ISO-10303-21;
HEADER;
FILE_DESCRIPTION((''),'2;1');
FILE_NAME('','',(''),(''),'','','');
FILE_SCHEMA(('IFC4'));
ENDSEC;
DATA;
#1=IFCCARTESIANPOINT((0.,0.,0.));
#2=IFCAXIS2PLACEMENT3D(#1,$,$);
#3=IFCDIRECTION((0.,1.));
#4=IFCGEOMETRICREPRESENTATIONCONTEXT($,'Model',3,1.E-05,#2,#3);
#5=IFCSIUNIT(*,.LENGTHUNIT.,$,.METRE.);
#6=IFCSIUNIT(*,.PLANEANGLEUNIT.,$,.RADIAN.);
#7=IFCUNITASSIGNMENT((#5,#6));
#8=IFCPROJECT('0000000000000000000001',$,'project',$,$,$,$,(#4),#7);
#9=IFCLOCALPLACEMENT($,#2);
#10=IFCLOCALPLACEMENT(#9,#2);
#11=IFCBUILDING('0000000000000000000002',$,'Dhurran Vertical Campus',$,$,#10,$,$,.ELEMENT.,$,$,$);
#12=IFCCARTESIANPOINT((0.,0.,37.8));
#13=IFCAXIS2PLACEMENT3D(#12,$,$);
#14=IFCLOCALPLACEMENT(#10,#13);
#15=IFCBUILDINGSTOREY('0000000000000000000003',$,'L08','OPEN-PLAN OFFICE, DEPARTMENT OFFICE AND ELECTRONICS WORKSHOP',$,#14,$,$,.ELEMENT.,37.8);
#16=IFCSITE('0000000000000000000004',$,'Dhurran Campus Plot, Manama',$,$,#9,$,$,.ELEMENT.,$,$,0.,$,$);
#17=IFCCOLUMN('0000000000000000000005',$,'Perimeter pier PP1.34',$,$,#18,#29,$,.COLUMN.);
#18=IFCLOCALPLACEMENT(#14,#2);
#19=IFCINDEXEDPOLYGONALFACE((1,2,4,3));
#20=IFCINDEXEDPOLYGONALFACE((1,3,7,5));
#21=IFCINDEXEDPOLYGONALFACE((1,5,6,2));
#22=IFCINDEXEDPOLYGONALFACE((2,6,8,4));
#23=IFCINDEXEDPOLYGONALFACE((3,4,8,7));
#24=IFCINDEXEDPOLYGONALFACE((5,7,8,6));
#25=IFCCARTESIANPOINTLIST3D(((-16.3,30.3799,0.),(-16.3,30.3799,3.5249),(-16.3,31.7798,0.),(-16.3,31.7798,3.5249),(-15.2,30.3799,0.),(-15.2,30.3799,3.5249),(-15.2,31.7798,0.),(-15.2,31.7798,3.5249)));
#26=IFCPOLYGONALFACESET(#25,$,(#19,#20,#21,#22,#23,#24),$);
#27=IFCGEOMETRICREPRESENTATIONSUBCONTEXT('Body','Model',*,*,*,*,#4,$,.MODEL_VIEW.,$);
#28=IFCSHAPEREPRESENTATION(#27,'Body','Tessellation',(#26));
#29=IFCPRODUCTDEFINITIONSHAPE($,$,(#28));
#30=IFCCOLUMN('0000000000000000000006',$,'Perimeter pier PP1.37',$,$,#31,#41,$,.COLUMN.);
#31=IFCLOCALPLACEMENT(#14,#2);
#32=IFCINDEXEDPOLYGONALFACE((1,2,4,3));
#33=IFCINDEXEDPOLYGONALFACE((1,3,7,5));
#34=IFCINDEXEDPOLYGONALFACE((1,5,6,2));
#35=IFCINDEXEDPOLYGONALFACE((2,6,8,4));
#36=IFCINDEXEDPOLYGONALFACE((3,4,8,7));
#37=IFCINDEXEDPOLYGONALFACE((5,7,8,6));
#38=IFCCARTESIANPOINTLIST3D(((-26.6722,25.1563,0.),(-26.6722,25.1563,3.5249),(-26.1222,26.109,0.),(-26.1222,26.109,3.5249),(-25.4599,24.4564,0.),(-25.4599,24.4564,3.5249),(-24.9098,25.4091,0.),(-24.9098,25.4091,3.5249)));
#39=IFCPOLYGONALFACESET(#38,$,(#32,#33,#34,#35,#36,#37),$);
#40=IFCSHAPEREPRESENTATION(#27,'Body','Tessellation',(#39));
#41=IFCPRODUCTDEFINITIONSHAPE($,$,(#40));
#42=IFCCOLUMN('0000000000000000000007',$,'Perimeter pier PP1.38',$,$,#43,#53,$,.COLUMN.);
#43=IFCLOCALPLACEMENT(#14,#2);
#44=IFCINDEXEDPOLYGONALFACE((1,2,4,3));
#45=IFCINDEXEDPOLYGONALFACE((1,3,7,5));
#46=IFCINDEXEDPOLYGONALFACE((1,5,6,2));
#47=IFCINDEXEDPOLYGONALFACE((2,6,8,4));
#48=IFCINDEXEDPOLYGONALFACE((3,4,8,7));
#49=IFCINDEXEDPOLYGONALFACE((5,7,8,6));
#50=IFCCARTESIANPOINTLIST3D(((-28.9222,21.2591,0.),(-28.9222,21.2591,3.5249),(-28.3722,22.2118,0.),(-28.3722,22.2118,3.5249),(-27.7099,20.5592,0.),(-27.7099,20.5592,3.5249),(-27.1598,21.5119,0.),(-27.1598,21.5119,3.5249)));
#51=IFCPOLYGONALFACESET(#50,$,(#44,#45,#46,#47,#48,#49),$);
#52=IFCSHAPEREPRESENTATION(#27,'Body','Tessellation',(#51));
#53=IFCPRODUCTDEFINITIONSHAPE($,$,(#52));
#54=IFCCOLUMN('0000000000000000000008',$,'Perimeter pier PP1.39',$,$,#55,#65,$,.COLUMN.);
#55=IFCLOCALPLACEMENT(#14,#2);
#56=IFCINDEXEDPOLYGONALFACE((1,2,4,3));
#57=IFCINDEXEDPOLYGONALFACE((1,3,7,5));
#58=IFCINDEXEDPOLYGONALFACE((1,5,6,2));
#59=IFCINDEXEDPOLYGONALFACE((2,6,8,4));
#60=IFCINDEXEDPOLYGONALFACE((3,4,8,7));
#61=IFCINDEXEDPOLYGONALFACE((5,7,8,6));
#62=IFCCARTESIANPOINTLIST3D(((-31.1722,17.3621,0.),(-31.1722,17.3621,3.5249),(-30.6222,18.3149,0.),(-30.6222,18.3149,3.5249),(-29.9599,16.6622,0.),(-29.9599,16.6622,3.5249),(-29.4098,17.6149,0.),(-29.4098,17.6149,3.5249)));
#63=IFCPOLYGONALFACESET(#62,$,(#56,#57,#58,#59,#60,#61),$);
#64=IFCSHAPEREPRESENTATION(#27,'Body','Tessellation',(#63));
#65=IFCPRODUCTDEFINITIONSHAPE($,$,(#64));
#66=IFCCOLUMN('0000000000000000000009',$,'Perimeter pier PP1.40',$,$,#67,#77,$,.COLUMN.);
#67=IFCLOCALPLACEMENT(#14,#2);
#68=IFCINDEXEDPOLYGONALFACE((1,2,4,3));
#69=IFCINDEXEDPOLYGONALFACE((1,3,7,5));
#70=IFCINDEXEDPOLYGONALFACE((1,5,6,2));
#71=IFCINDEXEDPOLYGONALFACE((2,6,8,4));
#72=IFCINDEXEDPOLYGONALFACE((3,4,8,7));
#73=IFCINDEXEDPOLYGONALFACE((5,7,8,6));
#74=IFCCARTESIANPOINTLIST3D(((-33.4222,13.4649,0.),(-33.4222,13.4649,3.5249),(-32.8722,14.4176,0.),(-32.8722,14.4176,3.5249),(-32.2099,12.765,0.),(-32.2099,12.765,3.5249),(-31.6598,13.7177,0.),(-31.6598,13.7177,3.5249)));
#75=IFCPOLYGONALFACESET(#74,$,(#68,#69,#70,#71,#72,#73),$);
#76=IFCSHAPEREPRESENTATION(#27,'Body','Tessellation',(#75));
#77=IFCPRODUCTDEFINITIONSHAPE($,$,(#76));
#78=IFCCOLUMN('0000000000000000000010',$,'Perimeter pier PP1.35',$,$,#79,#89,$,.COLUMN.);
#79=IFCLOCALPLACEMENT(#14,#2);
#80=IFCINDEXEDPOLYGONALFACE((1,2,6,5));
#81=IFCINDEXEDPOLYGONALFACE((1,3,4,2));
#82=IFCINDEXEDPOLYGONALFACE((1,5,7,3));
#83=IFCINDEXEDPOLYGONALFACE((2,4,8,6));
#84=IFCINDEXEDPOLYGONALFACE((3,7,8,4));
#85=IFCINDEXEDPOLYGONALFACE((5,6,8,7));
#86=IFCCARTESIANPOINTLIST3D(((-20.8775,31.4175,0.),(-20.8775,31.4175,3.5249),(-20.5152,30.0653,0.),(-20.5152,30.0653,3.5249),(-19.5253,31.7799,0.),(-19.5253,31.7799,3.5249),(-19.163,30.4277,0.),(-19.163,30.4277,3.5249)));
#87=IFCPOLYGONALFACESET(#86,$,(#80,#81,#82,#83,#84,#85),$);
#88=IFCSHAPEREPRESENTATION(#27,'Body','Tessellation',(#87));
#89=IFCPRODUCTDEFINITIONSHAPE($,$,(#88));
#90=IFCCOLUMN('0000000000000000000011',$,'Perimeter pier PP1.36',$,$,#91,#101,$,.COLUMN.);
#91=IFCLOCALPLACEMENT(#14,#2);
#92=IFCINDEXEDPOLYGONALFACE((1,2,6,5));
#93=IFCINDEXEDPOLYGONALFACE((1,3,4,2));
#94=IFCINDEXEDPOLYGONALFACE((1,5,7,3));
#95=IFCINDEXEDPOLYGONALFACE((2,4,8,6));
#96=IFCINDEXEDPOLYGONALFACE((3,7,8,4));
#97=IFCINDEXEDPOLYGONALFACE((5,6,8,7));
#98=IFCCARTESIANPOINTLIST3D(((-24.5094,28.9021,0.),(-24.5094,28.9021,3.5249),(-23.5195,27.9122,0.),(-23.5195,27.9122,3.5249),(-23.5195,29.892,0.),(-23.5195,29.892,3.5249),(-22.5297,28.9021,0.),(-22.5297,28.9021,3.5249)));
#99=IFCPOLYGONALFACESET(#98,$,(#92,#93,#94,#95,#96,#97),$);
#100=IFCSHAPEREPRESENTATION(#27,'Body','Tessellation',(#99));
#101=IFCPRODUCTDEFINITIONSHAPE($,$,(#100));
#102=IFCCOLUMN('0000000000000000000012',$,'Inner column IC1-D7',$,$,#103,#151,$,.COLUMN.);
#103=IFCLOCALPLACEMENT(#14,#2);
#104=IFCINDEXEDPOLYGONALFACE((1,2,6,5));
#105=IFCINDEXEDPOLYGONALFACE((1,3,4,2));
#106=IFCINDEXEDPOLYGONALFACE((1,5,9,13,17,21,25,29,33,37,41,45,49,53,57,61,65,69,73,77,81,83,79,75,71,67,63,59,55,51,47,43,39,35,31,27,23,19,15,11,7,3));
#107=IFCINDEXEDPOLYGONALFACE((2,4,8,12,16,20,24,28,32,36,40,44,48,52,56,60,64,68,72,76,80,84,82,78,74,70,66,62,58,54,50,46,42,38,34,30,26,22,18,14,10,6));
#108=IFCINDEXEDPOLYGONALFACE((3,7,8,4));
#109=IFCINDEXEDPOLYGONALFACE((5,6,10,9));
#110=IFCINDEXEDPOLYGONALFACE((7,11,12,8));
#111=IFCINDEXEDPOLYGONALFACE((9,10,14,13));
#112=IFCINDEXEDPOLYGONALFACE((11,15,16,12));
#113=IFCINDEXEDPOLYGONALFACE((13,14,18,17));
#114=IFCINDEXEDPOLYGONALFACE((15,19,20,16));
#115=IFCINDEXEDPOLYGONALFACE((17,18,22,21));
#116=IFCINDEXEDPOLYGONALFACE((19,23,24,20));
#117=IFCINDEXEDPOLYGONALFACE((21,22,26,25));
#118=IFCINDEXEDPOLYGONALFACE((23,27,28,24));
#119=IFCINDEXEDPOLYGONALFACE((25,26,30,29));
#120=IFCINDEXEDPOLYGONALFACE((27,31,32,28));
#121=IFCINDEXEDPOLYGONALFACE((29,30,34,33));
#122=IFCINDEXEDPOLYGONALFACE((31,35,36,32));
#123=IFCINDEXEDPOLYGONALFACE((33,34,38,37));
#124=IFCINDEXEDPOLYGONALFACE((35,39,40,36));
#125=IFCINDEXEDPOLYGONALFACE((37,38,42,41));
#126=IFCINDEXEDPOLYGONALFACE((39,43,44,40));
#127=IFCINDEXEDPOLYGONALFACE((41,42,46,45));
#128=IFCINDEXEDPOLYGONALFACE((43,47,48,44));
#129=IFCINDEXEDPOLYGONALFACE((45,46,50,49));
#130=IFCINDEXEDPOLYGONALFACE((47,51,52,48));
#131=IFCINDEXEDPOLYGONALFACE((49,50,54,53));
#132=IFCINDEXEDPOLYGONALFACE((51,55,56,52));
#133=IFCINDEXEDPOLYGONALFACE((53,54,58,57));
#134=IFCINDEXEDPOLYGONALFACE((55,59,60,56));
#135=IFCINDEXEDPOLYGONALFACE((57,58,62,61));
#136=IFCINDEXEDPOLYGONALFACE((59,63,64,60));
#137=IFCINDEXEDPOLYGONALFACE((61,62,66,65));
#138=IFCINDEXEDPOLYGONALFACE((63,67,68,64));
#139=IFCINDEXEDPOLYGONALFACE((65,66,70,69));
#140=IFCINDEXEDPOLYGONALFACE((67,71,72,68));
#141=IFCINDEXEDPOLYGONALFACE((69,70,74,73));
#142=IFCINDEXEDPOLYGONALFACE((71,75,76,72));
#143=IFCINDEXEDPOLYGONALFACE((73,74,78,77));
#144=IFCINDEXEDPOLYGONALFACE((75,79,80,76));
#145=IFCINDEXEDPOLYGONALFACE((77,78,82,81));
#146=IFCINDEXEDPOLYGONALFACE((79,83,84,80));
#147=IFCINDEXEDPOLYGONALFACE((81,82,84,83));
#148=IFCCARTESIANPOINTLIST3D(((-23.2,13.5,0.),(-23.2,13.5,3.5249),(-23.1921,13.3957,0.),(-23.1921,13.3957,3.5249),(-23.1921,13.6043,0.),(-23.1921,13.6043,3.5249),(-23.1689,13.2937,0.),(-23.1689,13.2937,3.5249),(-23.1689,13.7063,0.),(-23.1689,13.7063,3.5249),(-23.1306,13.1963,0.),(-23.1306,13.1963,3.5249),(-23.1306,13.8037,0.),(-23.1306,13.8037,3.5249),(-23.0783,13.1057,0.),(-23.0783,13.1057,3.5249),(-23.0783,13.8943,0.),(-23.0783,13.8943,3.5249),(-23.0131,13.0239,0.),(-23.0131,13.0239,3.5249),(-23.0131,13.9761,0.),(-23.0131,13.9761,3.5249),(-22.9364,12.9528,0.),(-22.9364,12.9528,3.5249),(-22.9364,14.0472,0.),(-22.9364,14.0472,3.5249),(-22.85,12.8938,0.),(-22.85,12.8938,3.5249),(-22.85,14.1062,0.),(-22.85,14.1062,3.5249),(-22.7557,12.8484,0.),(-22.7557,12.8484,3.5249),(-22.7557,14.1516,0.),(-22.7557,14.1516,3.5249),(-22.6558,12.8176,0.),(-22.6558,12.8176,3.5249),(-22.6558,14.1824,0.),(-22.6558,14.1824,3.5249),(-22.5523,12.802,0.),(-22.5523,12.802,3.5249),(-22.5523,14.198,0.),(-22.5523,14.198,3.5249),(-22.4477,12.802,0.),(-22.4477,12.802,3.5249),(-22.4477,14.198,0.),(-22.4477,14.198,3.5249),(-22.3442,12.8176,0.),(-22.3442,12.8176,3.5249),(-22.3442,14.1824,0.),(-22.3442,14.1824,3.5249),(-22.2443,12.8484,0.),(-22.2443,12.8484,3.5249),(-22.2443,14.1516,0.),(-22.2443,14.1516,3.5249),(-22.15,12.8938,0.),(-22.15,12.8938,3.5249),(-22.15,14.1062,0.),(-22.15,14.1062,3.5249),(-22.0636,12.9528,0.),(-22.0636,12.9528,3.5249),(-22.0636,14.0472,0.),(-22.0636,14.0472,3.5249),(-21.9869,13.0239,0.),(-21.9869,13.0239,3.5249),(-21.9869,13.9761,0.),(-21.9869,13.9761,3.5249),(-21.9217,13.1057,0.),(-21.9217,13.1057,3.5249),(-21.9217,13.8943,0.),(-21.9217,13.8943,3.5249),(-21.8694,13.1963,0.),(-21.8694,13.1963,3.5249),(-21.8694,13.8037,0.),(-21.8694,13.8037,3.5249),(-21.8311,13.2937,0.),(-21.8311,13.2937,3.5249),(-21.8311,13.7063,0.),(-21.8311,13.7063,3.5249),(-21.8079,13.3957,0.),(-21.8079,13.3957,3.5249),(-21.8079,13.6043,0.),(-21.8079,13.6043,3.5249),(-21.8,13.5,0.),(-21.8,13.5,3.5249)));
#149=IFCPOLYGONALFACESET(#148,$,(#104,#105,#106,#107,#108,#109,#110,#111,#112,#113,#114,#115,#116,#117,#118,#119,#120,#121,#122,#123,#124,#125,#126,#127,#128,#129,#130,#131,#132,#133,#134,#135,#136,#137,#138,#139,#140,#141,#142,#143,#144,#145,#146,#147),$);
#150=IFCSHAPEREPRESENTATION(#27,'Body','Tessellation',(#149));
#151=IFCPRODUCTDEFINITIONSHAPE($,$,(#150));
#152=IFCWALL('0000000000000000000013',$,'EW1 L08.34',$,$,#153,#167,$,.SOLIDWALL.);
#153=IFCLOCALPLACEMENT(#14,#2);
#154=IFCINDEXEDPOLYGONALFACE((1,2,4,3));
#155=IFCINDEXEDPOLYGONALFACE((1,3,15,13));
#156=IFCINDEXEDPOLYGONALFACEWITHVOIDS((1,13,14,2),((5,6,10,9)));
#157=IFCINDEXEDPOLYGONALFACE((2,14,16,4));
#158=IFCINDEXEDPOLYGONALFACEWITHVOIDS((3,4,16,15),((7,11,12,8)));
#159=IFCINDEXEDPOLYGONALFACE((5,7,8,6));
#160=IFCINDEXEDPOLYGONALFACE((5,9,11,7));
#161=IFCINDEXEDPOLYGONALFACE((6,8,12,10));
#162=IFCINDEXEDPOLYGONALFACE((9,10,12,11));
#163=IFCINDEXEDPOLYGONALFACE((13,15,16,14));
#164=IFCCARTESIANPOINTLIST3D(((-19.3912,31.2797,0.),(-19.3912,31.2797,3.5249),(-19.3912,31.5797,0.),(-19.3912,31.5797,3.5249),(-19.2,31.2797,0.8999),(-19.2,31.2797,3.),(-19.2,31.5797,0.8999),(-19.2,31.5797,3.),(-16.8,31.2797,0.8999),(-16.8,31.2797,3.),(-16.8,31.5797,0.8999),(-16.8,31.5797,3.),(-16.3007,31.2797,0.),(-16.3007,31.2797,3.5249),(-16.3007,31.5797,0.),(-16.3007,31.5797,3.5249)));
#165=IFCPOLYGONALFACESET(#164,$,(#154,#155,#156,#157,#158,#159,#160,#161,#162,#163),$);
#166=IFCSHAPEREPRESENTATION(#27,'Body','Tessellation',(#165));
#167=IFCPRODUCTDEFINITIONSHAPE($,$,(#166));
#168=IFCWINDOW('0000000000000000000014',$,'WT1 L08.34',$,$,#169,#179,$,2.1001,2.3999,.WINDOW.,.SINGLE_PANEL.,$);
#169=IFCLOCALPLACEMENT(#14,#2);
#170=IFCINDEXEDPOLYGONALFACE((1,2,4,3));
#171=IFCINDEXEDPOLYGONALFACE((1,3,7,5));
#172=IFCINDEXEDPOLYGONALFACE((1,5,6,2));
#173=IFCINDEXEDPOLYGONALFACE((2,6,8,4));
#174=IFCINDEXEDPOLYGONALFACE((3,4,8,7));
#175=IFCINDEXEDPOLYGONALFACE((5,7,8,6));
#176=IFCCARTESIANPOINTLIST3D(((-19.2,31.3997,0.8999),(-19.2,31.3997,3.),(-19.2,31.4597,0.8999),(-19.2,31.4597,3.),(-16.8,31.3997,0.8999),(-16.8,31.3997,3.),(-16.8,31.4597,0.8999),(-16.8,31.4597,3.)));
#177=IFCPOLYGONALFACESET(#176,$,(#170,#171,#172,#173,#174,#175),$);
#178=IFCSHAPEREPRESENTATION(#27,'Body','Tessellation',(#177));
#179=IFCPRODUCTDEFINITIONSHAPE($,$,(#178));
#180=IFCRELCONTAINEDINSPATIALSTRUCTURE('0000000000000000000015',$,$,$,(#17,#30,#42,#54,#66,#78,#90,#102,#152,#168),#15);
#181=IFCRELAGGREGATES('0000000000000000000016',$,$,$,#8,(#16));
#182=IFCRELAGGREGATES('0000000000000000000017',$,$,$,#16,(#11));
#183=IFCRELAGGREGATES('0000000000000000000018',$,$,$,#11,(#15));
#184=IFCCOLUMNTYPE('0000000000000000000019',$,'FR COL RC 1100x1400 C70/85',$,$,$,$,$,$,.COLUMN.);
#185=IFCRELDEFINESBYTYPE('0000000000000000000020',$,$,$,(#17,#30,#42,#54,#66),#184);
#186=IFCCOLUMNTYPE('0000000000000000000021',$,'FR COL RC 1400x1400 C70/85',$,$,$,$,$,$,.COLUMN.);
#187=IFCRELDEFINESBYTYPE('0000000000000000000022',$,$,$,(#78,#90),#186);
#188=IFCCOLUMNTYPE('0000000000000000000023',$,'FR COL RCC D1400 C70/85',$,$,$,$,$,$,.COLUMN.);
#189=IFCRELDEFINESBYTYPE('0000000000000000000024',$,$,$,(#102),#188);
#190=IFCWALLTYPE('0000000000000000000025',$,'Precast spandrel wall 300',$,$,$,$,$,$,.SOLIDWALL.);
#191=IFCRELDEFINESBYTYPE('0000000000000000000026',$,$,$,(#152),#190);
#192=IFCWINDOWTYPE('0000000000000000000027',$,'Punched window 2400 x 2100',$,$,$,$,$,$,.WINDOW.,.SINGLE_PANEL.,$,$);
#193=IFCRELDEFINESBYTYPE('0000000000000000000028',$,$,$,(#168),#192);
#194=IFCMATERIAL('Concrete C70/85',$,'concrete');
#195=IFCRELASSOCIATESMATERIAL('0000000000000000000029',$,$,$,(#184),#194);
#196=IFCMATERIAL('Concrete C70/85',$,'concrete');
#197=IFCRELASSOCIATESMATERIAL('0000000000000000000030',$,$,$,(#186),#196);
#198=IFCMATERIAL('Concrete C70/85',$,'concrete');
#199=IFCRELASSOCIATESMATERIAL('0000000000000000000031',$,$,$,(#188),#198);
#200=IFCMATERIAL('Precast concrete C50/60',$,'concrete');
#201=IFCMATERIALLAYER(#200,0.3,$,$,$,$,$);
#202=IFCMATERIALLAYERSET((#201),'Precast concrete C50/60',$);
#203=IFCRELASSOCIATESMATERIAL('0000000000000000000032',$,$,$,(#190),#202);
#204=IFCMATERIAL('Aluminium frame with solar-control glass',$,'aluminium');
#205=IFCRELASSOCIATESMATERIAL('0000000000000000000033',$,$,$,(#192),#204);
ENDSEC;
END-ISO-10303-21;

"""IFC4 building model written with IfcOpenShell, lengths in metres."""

from ifc_helpers import new_model, si_unit, direction, frame, frame_2d, origin, origin_2d, place, context, subcontext, project, spatial, rectangle, circle, extrude, material, layer, layer_set, material_profile, profile_set, type_object, element, fill, save


model = new_model("IFC4")

# Units and contexts
model_context = context("Model", 3, precision=1e-05, world=origin(), true_north=direction((0.0, 1.0)))
body_context = subcontext(model_context, "Body", "Model", "MODEL_VIEW")
ifc_project = project(units=[si_unit("LENGTHUNIT", "METRE"), si_unit("PLANEANGLEUNIT", "RADIAN")], contexts=[model_context])

# Site, building, storey
site_placement = place(None, origin())
site = spatial("IfcSite", under=ifc_project, at=site_placement, Name="Dhurran Campus Plot, Manama", CompositionType="ELEMENT", RefElevation=0.0)
building_placement = place(site_placement, origin())
building = spatial("IfcBuilding", under=site, at=building_placement, Name="Dhurran Vertical Campus", CompositionType="ELEMENT")
storey_placement = place(building_placement, frame((0.0, 0.0, 37.8)))
storey = spatial("IfcBuildingStorey", under=building, at=storey_placement, Name="L08", Description="OPEN-PLAN OFFICE, DEPARTMENT OFFICE AND ELECTRONICS WORKSHOP", CompositionType="ELEMENT", Elevation=37.8)

# Columns
ifc_material_1 = material(Name="Concrete C70/85", Category="concrete")
ifc_material_profile_1 = material_profile(ifc_material_1, rectangle(XDim=1.1001, YDim=1.3999, at=origin_2d()), Name="RC 1100x1400")
ifc_profile_set_1 = profile_set([ifc_material_profile_1], Name="Concrete C70/85")
column_type_1 = type_object("IfcColumnType", Name="FR COL RC 1100x1400 C70/85", PredefinedType="COLUMN", material=ifc_profile_set_1)
for number, where, z_axis, x_axis, name in (
    (1, (-15.75, 31.0798, 0.0), (0.0, 0.0, 1.0), (-1.0, 0.0, 0.0), "Perimeter pier PP1.34"),
    (2, (-25.791, 25.2827, 0.0), (0.0, 0.0, 1.0), (-0.5, -0.866025, 0.0), "Perimeter pier PP1.37"),
    (3, (-28.041, 21.3855, 0.0), (0.0, 0.0, 1.0), (-0.5, -0.866025, 0.0), "Perimeter pier PP1.38"),
    (4, (-30.291, 17.4885, 0.0), (0.0, 0.0, 1.0), (-0.5, -0.866025, 0.0), "Perimeter pier PP1.39"),
    (5, (-32.541, 13.5913, 0.0), (0.0, 0.0, 1.0), (-0.5, -0.866025, 0.0), "Perimeter pier PP1.40"),
):
    element("IfcColumn", number, at=place(storey_placement, frame(where, z_axis=z_axis, x_axis=x_axis)), inside=storey, type_object=column_type_1, Name=name, PredefinedType="COLUMN", context=body_context, shape_type="SweptSolid", body=[
        extrude(rectangle(XDim=1.1001, YDim=1.3999, at=origin_2d()), origin(), (0.0, 0.0, 1.0), 3.5249),
    ])
ifc_material_2 = material(Name="Concrete C70/85", Category="concrete")
ifc_material_profile_2 = material_profile(ifc_material_2, rectangle(XDim=1.3999, YDim=1.3999, at=origin_2d()), Name="RC 1400x1400")
ifc_profile_set_2 = profile_set([ifc_material_profile_2], Name="Concrete C70/85")
column_type_2 = type_object("IfcColumnType", Name="FR COL RC 1400x1400 C70/85", PredefinedType="COLUMN", material=ifc_profile_set_2)
for number, where, z_axis, x_axis, name in (
    (6, (-20.0203, 30.9226, 0.0), (0.0, 0.0, 1.0), (-0.965926, -0.258819, 0.0), "Perimeter pier PP1.35"),
    (7, (-23.5195, 28.9021, 0.0), (0.0, 0.0, 1.0), (-0.707107, -0.707107, 0.0), "Perimeter pier PP1.36"),
):
    element("IfcColumn", number, at=place(storey_placement, frame(where, z_axis=z_axis, x_axis=x_axis)), inside=storey, type_object=column_type_2, Name=name, PredefinedType="COLUMN", context=body_context, shape_type="SweptSolid", body=[
        extrude(rectangle(XDim=1.3999, YDim=1.3999, at=origin_2d()), origin(), (0.0, 0.0, 1.0), 3.5249),
    ])
ifc_material_3 = material(Name="Concrete C70/85", Category="concrete")
ifc_material_profile_3 = material_profile(ifc_material_3, circle(Radius=0.7, at=origin_2d()), Name="RCC D1400")
ifc_profile_set_3 = profile_set([ifc_material_profile_3], Name="Concrete C70/85")
column_type_3 = type_object("IfcColumnType", Name="FR COL RCC D1400 C70/85", PredefinedType="COLUMN", material=ifc_profile_set_3)
column_placement = place(storey_placement, frame((-22.5, 13.5, 0.0), z_axis=(0.0, 0.0, 1.0), x_axis=(1.0, 0.0, 0.0)))
element("IfcColumn", 8, at=column_placement, inside=storey, type_object=column_type_3, Name="Inner column IC1-D7", PredefinedType="COLUMN", context=body_context, shape_type="SweptSolid", body=[
    extrude(circle(Radius=0.7, at=origin_2d()), origin(), (0.0, 0.0, 1.0), 3.5249),
])

# Wall, opening, window
ifc_material_4 = material(Name="Precast concrete C50/60", Category="concrete")
ifc_layer_1 = layer(ifc_material_4, 0.3)
ifc_layer_set_1 = layer_set([ifc_layer_1], Name="Precast concrete C50/60")
wall_type_1 = type_object("IfcWallType", Name="Precast spandrel wall 300", PredefinedType="SOLIDWALL", material=ifc_layer_set_1)
wall_1_placement = place(storey_placement, frame((-16.3005, 31.4297, 0.0), z_axis=(0.0, 0.0, 1.0), x_axis=(-1.0, 0.0, 0.0)))
wall_1 = element("IfcWall", 9, at=wall_1_placement, inside=storey, type_object=wall_type_1, Name="EW1 L08.34", PredefinedType="SOLIDWALL", context=body_context, shape_type="SweptSolid", body=[
    extrude(rectangle(XDim=3.0906, YDim=0.3, at=frame_2d((1.5454, 0.0))), origin(), (0.0, 0.0, 1.0), 3.5249),
])
opening_1_placement = place(wall_1_placement, frame((0.4995, 0.0, 0.8999)))
opening_1 = element("IfcOpeningElement", 10, at=opening_1_placement, cuts=wall_1, PredefinedType="OPENING", context=body_context, shape_type="SweptSolid", body=[
    extrude(rectangle(XDim=2.3999, YDim=2.1001, at=frame_2d((1.2, 1.05))), frame((0.0, 0.1599, 0.0), z_axis=(0.0, -1.0, 0.0), x_axis=(1.0, 0.0, 0.0)), (0.0, 0.0, 1.0), 0.3201),
])
ifc_material_5 = material(Name="Aluminium frame with solar-control glass", Category="aluminium")
window_type = type_object("IfcWindowType", Name="Punched window 2400 x 2100", PartitioningType="SINGLE_PANEL", PredefinedType="WINDOW", material=ifc_material_5)
window_1_placement = place(opening_1_placement, origin())
window_1 = element("IfcWindow", 11, at=window_1_placement, inside=storey, type_object=window_type, Name="WT1 L08.34", OverallHeight=2.1001, OverallWidth=2.3999, PartitioningType="SINGLE_PANEL", PredefinedType="WINDOW", context=body_context, shape_type="SweptSolid", body=[
    extrude(rectangle(XDim=2.3999, YDim=2.1001, at=frame_2d((1.2, 1.05))), frame((0.0, 0.03, 0.0), z_axis=(0.0, -1.0, 0.0), x_axis=(1.0, 0.0, 0.0)), (0.0, 0.0, 1.0), 0.0601),
])
fill(opening_1, window_1)

save(model, "model.ifc")
